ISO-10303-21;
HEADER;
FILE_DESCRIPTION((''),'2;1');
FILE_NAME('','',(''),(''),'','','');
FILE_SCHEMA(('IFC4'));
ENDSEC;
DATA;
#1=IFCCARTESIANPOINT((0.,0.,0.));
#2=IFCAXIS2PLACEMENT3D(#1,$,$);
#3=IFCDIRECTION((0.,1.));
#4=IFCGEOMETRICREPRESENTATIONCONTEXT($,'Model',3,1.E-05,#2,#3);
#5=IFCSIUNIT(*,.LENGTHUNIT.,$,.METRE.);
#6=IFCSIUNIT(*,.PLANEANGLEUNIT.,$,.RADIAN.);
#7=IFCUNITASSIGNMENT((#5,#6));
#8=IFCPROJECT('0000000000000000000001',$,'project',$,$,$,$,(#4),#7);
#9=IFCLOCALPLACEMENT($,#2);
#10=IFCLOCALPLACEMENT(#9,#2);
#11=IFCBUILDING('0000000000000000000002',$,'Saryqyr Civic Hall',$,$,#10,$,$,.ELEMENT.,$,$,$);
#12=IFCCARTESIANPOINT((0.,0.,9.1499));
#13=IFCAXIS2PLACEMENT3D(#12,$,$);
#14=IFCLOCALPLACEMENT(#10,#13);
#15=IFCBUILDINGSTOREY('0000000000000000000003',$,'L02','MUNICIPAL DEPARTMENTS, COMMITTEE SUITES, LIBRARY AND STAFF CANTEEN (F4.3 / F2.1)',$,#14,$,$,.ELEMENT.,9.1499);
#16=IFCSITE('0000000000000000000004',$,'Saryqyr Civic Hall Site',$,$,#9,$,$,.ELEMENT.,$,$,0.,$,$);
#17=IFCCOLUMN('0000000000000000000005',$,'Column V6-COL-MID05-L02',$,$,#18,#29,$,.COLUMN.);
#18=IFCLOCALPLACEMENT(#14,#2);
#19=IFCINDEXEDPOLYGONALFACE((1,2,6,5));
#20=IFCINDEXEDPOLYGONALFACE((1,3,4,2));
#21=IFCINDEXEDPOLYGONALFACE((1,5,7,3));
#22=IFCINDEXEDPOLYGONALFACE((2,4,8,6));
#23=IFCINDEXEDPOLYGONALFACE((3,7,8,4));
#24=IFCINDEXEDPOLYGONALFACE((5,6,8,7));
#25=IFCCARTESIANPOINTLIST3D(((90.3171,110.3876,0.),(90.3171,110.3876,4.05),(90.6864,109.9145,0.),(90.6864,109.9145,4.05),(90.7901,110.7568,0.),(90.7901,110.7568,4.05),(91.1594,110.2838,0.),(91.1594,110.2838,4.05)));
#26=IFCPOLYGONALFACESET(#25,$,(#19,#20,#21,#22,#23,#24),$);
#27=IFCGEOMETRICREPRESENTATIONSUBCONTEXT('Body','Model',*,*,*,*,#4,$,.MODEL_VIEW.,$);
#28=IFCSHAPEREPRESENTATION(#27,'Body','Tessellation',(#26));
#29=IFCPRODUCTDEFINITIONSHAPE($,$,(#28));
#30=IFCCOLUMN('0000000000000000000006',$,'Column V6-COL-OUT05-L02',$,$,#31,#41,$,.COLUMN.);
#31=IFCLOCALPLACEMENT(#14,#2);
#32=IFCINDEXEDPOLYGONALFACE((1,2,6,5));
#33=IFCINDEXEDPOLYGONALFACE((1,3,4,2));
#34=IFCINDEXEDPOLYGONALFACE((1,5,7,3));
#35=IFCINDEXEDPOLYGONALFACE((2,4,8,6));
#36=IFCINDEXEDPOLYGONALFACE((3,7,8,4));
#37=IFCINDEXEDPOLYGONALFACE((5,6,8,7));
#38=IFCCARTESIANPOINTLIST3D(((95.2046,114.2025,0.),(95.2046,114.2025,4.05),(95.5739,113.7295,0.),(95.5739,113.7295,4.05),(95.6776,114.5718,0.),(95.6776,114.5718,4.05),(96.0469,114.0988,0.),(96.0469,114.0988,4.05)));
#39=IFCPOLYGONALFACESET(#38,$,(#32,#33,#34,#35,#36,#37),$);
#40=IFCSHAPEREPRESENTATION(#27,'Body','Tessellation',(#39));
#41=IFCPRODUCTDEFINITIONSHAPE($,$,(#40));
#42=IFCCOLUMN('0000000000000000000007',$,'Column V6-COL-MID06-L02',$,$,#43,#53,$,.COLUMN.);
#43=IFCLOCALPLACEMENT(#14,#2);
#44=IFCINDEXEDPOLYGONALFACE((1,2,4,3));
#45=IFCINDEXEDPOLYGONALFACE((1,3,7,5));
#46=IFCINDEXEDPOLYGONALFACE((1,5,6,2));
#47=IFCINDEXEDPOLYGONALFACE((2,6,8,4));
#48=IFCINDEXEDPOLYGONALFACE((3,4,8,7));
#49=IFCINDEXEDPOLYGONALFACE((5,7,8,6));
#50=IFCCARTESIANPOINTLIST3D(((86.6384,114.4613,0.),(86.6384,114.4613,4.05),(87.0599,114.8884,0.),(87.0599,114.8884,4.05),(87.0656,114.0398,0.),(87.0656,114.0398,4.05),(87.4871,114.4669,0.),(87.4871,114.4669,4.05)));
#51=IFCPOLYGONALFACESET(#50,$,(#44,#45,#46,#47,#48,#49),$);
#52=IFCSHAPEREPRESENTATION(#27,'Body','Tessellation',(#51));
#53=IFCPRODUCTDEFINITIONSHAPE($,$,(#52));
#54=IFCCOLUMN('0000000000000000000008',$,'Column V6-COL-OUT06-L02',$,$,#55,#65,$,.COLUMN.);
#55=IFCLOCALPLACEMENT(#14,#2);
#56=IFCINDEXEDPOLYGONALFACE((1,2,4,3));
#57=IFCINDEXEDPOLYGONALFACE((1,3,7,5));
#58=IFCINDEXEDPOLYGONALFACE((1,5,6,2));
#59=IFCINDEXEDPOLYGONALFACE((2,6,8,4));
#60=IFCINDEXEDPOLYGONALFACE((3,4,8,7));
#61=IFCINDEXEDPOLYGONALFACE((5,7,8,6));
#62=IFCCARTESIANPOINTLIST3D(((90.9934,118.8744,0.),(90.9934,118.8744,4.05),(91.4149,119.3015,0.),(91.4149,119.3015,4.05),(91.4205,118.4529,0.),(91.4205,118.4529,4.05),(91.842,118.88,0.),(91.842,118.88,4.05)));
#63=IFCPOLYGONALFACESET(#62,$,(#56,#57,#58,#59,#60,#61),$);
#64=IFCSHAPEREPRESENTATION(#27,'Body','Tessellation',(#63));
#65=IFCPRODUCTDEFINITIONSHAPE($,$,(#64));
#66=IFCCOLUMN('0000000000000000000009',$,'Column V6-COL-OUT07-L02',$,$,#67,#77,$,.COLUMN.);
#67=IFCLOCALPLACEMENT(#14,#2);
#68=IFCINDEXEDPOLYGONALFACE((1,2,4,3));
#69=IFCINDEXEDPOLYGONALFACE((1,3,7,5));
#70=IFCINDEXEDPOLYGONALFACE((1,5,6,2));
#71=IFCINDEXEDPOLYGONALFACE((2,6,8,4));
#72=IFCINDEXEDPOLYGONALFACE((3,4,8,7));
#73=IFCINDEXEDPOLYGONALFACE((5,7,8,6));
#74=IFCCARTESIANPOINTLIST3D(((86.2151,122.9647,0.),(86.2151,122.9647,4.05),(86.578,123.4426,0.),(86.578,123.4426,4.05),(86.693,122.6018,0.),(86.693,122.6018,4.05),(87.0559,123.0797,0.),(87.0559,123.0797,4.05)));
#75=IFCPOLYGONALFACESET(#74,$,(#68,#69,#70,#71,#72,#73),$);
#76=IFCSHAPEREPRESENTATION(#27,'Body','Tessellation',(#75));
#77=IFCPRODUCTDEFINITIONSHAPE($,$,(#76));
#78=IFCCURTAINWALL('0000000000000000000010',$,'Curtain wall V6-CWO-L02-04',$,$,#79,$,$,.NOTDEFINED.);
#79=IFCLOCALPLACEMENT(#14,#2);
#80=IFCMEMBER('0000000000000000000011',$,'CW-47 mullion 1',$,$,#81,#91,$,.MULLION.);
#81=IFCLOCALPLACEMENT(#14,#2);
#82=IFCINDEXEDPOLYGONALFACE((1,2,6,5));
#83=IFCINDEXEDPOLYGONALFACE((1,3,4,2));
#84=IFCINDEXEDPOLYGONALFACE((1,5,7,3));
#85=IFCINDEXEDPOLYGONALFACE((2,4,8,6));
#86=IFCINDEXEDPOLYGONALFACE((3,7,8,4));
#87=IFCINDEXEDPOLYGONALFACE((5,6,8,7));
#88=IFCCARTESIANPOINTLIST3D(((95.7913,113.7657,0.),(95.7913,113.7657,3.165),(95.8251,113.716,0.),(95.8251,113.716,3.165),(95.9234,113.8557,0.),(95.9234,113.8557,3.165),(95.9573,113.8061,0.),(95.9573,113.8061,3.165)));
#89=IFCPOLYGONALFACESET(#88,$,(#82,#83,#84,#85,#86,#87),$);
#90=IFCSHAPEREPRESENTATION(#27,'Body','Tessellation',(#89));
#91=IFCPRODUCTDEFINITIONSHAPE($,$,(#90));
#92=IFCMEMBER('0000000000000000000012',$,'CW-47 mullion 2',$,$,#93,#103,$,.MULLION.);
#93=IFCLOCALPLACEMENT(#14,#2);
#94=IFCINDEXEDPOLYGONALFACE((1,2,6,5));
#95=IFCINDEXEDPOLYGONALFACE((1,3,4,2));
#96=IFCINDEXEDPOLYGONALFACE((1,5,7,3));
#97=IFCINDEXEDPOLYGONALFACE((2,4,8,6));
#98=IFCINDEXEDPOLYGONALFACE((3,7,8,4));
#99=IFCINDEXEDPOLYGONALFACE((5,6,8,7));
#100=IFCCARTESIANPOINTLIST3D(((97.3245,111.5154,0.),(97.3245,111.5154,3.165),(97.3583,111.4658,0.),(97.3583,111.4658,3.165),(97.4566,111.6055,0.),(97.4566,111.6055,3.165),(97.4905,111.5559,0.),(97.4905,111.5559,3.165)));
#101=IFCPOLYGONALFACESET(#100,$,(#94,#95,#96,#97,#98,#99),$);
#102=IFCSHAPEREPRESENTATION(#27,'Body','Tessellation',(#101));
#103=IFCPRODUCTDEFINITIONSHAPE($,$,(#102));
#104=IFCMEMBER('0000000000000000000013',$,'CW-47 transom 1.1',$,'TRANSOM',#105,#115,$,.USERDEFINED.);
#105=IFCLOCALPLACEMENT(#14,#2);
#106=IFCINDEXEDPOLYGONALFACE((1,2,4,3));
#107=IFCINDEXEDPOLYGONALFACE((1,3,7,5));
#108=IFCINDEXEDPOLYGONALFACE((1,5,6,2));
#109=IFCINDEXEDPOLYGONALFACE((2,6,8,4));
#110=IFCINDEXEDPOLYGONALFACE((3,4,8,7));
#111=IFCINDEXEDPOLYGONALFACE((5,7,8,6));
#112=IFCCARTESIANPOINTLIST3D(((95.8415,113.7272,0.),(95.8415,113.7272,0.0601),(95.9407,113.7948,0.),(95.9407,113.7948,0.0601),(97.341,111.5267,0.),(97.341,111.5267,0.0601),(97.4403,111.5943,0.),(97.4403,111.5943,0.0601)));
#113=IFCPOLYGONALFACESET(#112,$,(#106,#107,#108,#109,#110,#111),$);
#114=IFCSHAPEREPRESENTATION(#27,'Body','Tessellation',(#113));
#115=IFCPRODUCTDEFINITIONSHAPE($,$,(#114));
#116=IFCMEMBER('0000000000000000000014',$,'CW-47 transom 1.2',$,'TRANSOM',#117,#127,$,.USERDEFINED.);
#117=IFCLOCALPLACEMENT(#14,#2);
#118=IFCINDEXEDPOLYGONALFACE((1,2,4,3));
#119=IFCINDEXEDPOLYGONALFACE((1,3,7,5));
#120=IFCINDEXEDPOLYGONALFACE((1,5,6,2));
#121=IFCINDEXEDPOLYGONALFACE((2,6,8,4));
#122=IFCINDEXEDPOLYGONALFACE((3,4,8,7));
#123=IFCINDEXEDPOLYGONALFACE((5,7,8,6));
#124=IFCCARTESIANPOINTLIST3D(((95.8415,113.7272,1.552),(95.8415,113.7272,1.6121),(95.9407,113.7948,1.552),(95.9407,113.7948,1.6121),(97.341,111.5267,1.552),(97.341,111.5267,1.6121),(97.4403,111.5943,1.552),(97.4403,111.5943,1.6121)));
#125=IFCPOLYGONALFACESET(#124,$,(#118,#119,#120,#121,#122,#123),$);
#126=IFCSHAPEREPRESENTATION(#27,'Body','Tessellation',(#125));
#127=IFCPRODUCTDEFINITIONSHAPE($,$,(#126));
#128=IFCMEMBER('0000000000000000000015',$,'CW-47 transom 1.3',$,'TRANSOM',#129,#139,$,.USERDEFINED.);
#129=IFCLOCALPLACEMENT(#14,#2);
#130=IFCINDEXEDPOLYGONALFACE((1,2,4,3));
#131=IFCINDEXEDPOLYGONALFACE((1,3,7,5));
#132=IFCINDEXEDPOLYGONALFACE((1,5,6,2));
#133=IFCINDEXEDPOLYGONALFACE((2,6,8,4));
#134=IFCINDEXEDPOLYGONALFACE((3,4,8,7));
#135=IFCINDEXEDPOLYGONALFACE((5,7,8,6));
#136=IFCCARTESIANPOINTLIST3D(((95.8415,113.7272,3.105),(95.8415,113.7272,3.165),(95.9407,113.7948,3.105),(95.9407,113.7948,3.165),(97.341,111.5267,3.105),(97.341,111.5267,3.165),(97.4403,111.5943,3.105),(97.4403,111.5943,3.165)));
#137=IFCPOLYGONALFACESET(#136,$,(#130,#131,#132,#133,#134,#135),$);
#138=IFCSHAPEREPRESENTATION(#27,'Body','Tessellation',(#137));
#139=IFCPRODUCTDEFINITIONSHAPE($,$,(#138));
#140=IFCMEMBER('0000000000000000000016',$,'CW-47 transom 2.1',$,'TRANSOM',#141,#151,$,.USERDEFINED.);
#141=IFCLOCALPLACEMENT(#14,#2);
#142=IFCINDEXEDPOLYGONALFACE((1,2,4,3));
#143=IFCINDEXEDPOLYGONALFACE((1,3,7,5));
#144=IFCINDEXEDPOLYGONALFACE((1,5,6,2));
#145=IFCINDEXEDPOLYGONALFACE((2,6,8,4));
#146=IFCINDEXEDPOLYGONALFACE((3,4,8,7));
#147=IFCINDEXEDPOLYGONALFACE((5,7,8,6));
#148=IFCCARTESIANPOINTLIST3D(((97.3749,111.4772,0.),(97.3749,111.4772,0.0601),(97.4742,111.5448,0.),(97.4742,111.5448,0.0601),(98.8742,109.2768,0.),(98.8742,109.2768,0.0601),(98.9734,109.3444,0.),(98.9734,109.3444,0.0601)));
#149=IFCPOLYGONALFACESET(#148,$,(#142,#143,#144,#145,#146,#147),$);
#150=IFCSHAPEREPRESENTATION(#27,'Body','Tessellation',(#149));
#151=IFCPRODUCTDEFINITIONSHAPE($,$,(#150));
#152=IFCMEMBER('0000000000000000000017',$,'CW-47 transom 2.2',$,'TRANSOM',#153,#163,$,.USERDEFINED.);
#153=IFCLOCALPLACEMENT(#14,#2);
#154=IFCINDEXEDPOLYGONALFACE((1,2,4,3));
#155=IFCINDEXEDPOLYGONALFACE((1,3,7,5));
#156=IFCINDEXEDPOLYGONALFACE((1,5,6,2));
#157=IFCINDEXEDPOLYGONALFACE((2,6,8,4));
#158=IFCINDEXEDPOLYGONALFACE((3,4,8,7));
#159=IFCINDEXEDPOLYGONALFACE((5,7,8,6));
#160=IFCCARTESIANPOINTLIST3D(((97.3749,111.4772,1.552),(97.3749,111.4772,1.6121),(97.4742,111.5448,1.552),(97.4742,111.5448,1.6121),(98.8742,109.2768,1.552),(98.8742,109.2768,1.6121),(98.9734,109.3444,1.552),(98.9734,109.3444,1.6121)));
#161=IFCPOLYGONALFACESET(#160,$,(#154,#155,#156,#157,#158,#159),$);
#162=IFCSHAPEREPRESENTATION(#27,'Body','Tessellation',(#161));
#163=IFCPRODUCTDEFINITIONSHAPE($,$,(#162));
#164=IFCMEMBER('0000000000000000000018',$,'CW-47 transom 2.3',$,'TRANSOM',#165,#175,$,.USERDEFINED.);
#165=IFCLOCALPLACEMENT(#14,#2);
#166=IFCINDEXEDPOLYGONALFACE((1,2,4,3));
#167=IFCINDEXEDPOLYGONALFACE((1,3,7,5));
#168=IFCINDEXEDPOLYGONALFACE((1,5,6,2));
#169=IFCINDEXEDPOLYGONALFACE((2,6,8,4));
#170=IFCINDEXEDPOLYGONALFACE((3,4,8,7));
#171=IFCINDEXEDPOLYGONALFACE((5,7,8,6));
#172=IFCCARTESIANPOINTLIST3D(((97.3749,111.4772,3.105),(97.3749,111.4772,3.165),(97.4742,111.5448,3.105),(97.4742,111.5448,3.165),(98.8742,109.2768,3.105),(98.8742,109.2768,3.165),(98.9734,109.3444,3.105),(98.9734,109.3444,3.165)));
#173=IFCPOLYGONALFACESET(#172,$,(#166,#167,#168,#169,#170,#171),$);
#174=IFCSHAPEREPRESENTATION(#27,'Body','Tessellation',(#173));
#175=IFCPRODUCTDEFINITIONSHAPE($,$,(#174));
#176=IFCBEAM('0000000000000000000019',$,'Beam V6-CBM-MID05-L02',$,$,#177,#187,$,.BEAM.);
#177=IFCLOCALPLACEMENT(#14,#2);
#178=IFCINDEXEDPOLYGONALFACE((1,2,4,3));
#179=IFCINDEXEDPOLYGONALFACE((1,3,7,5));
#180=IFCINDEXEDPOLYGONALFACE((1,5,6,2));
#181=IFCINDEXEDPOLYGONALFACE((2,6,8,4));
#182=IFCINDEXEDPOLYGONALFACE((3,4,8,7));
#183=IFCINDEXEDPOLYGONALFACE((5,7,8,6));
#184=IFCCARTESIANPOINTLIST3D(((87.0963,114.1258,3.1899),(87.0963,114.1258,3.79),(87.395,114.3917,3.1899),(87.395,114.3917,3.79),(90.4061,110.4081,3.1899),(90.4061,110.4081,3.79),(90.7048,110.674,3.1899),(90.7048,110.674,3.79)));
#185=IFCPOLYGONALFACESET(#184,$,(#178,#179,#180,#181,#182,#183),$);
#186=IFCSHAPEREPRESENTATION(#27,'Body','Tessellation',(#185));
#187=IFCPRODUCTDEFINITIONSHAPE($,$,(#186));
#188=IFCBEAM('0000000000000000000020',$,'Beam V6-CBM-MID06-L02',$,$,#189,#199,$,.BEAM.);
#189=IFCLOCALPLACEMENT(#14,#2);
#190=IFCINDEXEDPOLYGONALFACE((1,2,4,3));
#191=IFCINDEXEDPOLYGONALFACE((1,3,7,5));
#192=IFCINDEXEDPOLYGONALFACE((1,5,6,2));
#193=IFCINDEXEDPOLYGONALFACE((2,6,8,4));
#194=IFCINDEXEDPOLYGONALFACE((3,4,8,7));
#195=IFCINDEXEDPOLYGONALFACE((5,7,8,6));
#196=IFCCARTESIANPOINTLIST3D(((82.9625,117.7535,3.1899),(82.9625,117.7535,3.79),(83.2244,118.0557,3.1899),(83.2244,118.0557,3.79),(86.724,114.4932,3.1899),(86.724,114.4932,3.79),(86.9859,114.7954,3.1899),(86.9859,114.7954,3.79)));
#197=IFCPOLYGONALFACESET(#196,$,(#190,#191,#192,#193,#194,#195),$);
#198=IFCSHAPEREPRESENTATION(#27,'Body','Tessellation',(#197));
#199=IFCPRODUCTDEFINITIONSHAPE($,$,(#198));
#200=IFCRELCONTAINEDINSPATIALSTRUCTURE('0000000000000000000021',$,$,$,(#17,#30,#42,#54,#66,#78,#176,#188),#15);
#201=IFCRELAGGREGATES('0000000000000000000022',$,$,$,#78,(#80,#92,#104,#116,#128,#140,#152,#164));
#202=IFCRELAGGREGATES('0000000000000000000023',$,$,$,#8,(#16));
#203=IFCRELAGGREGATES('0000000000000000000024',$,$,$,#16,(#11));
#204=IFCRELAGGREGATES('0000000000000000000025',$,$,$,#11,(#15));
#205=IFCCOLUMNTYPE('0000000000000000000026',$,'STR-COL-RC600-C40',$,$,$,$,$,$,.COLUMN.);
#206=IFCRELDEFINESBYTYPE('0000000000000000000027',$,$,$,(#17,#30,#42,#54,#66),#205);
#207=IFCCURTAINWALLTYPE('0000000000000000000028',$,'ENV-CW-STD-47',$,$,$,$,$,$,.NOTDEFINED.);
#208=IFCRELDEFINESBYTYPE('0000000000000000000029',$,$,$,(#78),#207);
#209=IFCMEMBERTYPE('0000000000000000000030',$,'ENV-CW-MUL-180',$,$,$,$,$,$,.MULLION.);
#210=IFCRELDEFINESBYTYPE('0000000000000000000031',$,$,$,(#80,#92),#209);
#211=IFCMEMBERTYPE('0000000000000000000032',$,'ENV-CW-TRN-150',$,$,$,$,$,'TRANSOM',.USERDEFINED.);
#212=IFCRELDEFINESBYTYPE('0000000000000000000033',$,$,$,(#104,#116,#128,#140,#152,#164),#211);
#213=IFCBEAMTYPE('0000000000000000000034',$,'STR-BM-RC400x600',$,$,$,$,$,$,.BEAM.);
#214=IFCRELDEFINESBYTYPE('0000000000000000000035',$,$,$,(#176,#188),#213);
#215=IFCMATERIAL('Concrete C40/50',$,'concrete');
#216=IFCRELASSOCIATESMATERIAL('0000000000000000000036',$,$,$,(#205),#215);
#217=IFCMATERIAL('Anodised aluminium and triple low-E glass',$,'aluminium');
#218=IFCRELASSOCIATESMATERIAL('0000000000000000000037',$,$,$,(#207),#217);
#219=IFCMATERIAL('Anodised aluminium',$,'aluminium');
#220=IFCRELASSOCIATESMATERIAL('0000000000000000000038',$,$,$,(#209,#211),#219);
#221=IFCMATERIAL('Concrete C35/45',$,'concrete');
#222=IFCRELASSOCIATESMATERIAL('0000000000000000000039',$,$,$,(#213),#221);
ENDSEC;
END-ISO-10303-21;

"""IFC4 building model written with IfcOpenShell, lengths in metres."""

from ifc_helpers import new_model, si_unit, direction, frame, origin, origin_2d, place, context, subcontext, project, spatial, rectangle, extrude, material, material_profile, profile_set, type_object, element, aggregate, save


model = new_model("IFC4")

# Units and contexts
model_context = context("Model", 3, precision=1e-05, world=origin(), true_north=direction((0.0, 1.0)))
body_context = subcontext(model_context, "Body", "Model", "MODEL_VIEW")
ifc_project = project(units=[si_unit("LENGTHUNIT", "METRE"), si_unit("PLANEANGLEUNIT", "RADIAN")], contexts=[model_context])

# Site, building, storey
site_placement = place(None, origin())
site = spatial("IfcSite", under=ifc_project, at=site_placement, Name="Saryqyr Civic Hall Site", CompositionType="ELEMENT", RefElevation=0.0)
building_placement = place(site_placement, origin())
building = spatial("IfcBuilding", under=site, at=building_placement, Name="Saryqyr Civic Hall", CompositionType="ELEMENT")
storey_placement = place(building_placement, frame((0.0, 0.0, 9.1499)))
storey = spatial("IfcBuildingStorey", under=building, at=storey_placement, Name="L02", Description="MUNICIPAL DEPARTMENTS, COMMITTEE SUITES, LIBRARY AND STAFF CANTEEN (F4.3 / F2.1)", CompositionType="ELEMENT", Elevation=9.1499)

# Columns
ifc_material_1 = material(Name="Concrete C40/50", Category="concrete")
ifc_material_profile_1 = material_profile(ifc_material_1, rectangle(XDim=0.6001, YDim=0.6001, at=origin_2d()), Name="RC 600x600")
ifc_profile_set_1 = profile_set([ifc_material_profile_1], Name="Concrete C40/50")
column_type = type_object("IfcColumnType", Name="STR-COL-RC600-C40", PredefinedType="COLUMN", material=ifc_profile_set_1)
for number, where, z_axis, x_axis, name in (
    (1, (90.7383, 110.3357, 0.0), (0.0, 0.0, 1.0), (0.788226, 0.615386, 0.0), "Column V6-COL-MID05-L02"),
    (2, (95.6257, 114.1506, 0.0), (0.0, 0.0, 1.0), (0.788226, 0.615386, 0.0), "Column V6-COL-OUT05-L02"),
    (3, (87.0627, 114.4641, 0.0), (0.0, 0.0, 1.0), (0.702402, 0.711781, 0.0), "Column V6-COL-MID06-L02"),
    (4, (91.4177, 118.8772, 0.0), (0.0, 0.0, 1.0), (0.702402, 0.711781, 0.0), "Column V6-COL-OUT06-L02"),
    (5, (86.6355, 123.0222, 0.0), (0.0, 0.0, 1.0), (0.604738, 0.796424, 0.0), "Column V6-COL-OUT07-L02"),
):
    element("IfcColumn", number, at=place(storey_placement, frame(where, z_axis=z_axis, x_axis=x_axis)), inside=storey, type_object=column_type, Name=name, PredefinedType="COLUMN", context=body_context, shape_type="SweptSolid", body=[
        extrude(rectangle(XDim=0.6001, YDim=0.6001, at=origin_2d()), origin(), (0.0, 0.0, 1.0), 4.05),
    ])

# Curtain wall, members
ifc_material_2 = material(Name="Anodised aluminium and triple low-E glass", Category="aluminium")
curtain_wall_type = type_object("IfcCurtainWallType", Name="ENV-CW-STD-47", PredefinedType="NOTDEFINED", material=ifc_material_2)
curtain_wall_placement = place(storey_placement, origin())
curtain_wall = element("IfcCurtainWall", 6, at=curtain_wall_placement, inside=storey, type_object=curtain_wall_type, Name="Curtain wall V6-CWO-L02-04", PredefinedType="NOTDEFINED")
ifc_material_3 = material(Name="Anodised aluminium", Category="aluminium")
ifc_material_profile_2 = material_profile(ifc_material_3, rectangle(XDim=0.0601, YDim=0.1599, at=origin_2d()), Name="ALU MULLION 60x160")
ifc_profile_set_2 = profile_set([ifc_material_profile_2], Name="Anodised aluminium")
member_type_1 = type_object("IfcMemberType", Name="ENV-CW-MUL-180", PredefinedType="MULLION", material=ifc_profile_set_2)
member_1_placement = place(storey_placement, frame((95.8743, 113.7859, 0.0), z_axis=(0.0, 0.0, 1.0), x_axis=(0.563118, -0.826377, 0.0)))
member_1 = element("IfcMember", 7, at=member_1_placement, type_object=member_type_1, Name="CW-47 mullion 1", PredefinedType="MULLION", context=body_context, shape_type="SweptSolid", body=[
    extrude(rectangle(XDim=0.0601, YDim=0.1599, at=origin_2d()), origin(), (0.0, 0.0, 1.0), 3.165),
])
member_2_placement = place(storey_placement, frame((97.4075, 111.5356, 0.0), z_axis=(0.0, 0.0, 1.0), x_axis=(0.563118, -0.826377, 0.0)))
member_2 = element("IfcMember", 8, at=member_2_placement, type_object=member_type_1, Name="CW-47 mullion 2", PredefinedType="MULLION", context=body_context, shape_type="SweptSolid", body=[
    extrude(rectangle(XDim=0.0601, YDim=0.1599, at=origin_2d()), origin(), (0.0, 0.0, 1.0), 3.165),
])
ifc_material_profile_3 = material_profile(ifc_material_3, rectangle(XDim=0.1201, YDim=0.0601, at=origin_2d()), Name="ALU TRANSOM 120x60")
ifc_profile_set_3 = profile_set([ifc_material_profile_3], Name="Anodised aluminium")
member_type_2 = type_object("IfcMemberType", Name="ENV-CW-TRN-150", ElementType="TRANSOM", PredefinedType="USERDEFINED", material=ifc_profile_set_3)
member_3_placement = place(storey_placement, frame((95.8911, 113.761, 0.03), z_axis=(0.563135, -0.826365, 0.0), x_axis=(0.826365, 0.563135, 0.0)))
member_3 = element("IfcMember", 9, at=member_3_placement, type_object=member_type_2, Name="CW-47 transom 1.1", ObjectType="TRANSOM", PredefinedType="USERDEFINED", context=body_context, shape_type="SweptSolid", body=[
    extrude(rectangle(XDim=0.1201, YDim=0.0601, at=origin_2d()), origin(), (0.0, 0.0, 1.0), 2.6628),
])
member_4_placement = place(storey_placement, frame((95.8911, 113.761, 1.582), z_axis=(0.563135, -0.826365, 0.0), x_axis=(0.826365, 0.563135, 0.0)))
member_4 = element("IfcMember", 10, at=member_4_placement, type_object=member_type_2, Name="CW-47 transom 1.2", ObjectType="TRANSOM", PredefinedType="USERDEFINED", context=body_context, shape_type="SweptSolid", body=[
    extrude(rectangle(XDim=0.1201, YDim=0.0601, at=origin_2d()), origin(), (0.0, 0.0, 1.0), 2.6628),
])
member_5_placement = place(storey_placement, frame((95.8911, 113.761, 3.135), z_axis=(0.563135, -0.826365, 0.0), x_axis=(0.826365, 0.563135, 0.0)))
member_5 = element("IfcMember", 11, at=member_5_placement, type_object=member_type_2, Name="CW-47 transom 1.3", ObjectType="TRANSOM", PredefinedType="USERDEFINED", context=body_context, shape_type="SweptSolid", body=[
    extrude(rectangle(XDim=0.1201, YDim=0.0601, at=origin_2d()), origin(), (0.0, 0.0, 1.0), 2.6628),
])
member_6_placement = place(storey_placement, frame((97.4246, 111.511, 0.03), z_axis=(0.563072, -0.826408, 0.0), x_axis=(0.826408, 0.563072, 0.0)))
member_6 = element("IfcMember", 12, at=member_6_placement, type_object=member_type_2, Name="CW-47 transom 2.1", ObjectType="TRANSOM", PredefinedType="USERDEFINED", context=body_context, shape_type="SweptSolid", body=[
    extrude(rectangle(XDim=0.1201, YDim=0.0601, at=origin_2d()), origin(), (0.0, 0.0, 1.0), 2.6626),
])
member_7_placement = place(storey_placement, frame((97.4246, 111.511, 1.582), z_axis=(0.563072, -0.826408, 0.0), x_axis=(0.826408, 0.563072, 0.0)))
member_7 = element("IfcMember", 13, at=member_7_placement, type_object=member_type_2, Name="CW-47 transom 2.2", ObjectType="TRANSOM", PredefinedType="USERDEFINED", context=body_context, shape_type="SweptSolid", body=[
    extrude(rectangle(XDim=0.1201, YDim=0.0601, at=origin_2d()), origin(), (0.0, 0.0, 1.0), 2.6626),
])
member_8_placement = place(storey_placement, frame((97.4246, 111.511, 3.135), z_axis=(0.563072, -0.826408, 0.0), x_axis=(0.826408, 0.563072, 0.0)))
member_8 = element("IfcMember", 14, at=member_8_placement, type_object=member_type_2, Name="CW-47 transom 2.3", ObjectType="TRANSOM", PredefinedType="USERDEFINED", context=body_context, shape_type="SweptSolid", body=[
    extrude(rectangle(XDim=0.1201, YDim=0.0601, at=origin_2d()), origin(), (0.0, 0.0, 1.0), 2.6626),
])

# Beams
ifc_material_4 = material(Name="Concrete C35/45", Category="concrete")
ifc_material_profile_4 = material_profile(ifc_material_4, rectangle(XDim=0.3999, YDim=0.6001, at=origin_2d()), Name="RC 400x600")
ifc_profile_set_4 = profile_set([ifc_material_profile_4], Name="Concrete C35/45")
beam_type_1 = type_object("IfcBeamType", Name="STR-BM-RC400x600", PredefinedType="BEAM", material=ifc_profile_set_4)
beam_1_placement = place(storey_placement, frame((90.5554, 110.541, 3.49), z_axis=(-0.664939, 0.746898, 0.0), x_axis=(-0.746898, -0.664939, 0.0)))
element("IfcBeam", 15, at=beam_1_placement, inside=storey, type_object=beam_type_1, Name="Beam V6-CBM-MID05-L02", PredefinedType="BEAM", context=body_context, shape_type="SweptSolid", body=[
    extrude(rectangle(XDim=0.3999, YDim=0.6001, at=origin_2d()), origin(), (0.0, 0.0, 1.0), 4.9775),
])
beam_2_placement = place(storey_placement, frame((86.855, 114.6443, 3.49), z_axis=(-0.755658, 0.654966, 0.0), x_axis=(-0.654966, -0.755658, 0.0)))
element("IfcBeam", 16, at=beam_2_placement, inside=storey, type_object=beam_type_1, Name="Beam V6-CBM-MID06-L02", PredefinedType="BEAM", context=body_context, shape_type="SweptSolid", body=[
    extrude(rectangle(XDim=0.3999, YDim=0.6001, at=origin_2d()), origin(), (0.0, 0.0, 1.0), 4.9778),
])

aggregate(curtain_wall, [member_1, member_2, member_3, member_4, member_5, member_6, member_7, member_8])

save(model, "model.ifc")
